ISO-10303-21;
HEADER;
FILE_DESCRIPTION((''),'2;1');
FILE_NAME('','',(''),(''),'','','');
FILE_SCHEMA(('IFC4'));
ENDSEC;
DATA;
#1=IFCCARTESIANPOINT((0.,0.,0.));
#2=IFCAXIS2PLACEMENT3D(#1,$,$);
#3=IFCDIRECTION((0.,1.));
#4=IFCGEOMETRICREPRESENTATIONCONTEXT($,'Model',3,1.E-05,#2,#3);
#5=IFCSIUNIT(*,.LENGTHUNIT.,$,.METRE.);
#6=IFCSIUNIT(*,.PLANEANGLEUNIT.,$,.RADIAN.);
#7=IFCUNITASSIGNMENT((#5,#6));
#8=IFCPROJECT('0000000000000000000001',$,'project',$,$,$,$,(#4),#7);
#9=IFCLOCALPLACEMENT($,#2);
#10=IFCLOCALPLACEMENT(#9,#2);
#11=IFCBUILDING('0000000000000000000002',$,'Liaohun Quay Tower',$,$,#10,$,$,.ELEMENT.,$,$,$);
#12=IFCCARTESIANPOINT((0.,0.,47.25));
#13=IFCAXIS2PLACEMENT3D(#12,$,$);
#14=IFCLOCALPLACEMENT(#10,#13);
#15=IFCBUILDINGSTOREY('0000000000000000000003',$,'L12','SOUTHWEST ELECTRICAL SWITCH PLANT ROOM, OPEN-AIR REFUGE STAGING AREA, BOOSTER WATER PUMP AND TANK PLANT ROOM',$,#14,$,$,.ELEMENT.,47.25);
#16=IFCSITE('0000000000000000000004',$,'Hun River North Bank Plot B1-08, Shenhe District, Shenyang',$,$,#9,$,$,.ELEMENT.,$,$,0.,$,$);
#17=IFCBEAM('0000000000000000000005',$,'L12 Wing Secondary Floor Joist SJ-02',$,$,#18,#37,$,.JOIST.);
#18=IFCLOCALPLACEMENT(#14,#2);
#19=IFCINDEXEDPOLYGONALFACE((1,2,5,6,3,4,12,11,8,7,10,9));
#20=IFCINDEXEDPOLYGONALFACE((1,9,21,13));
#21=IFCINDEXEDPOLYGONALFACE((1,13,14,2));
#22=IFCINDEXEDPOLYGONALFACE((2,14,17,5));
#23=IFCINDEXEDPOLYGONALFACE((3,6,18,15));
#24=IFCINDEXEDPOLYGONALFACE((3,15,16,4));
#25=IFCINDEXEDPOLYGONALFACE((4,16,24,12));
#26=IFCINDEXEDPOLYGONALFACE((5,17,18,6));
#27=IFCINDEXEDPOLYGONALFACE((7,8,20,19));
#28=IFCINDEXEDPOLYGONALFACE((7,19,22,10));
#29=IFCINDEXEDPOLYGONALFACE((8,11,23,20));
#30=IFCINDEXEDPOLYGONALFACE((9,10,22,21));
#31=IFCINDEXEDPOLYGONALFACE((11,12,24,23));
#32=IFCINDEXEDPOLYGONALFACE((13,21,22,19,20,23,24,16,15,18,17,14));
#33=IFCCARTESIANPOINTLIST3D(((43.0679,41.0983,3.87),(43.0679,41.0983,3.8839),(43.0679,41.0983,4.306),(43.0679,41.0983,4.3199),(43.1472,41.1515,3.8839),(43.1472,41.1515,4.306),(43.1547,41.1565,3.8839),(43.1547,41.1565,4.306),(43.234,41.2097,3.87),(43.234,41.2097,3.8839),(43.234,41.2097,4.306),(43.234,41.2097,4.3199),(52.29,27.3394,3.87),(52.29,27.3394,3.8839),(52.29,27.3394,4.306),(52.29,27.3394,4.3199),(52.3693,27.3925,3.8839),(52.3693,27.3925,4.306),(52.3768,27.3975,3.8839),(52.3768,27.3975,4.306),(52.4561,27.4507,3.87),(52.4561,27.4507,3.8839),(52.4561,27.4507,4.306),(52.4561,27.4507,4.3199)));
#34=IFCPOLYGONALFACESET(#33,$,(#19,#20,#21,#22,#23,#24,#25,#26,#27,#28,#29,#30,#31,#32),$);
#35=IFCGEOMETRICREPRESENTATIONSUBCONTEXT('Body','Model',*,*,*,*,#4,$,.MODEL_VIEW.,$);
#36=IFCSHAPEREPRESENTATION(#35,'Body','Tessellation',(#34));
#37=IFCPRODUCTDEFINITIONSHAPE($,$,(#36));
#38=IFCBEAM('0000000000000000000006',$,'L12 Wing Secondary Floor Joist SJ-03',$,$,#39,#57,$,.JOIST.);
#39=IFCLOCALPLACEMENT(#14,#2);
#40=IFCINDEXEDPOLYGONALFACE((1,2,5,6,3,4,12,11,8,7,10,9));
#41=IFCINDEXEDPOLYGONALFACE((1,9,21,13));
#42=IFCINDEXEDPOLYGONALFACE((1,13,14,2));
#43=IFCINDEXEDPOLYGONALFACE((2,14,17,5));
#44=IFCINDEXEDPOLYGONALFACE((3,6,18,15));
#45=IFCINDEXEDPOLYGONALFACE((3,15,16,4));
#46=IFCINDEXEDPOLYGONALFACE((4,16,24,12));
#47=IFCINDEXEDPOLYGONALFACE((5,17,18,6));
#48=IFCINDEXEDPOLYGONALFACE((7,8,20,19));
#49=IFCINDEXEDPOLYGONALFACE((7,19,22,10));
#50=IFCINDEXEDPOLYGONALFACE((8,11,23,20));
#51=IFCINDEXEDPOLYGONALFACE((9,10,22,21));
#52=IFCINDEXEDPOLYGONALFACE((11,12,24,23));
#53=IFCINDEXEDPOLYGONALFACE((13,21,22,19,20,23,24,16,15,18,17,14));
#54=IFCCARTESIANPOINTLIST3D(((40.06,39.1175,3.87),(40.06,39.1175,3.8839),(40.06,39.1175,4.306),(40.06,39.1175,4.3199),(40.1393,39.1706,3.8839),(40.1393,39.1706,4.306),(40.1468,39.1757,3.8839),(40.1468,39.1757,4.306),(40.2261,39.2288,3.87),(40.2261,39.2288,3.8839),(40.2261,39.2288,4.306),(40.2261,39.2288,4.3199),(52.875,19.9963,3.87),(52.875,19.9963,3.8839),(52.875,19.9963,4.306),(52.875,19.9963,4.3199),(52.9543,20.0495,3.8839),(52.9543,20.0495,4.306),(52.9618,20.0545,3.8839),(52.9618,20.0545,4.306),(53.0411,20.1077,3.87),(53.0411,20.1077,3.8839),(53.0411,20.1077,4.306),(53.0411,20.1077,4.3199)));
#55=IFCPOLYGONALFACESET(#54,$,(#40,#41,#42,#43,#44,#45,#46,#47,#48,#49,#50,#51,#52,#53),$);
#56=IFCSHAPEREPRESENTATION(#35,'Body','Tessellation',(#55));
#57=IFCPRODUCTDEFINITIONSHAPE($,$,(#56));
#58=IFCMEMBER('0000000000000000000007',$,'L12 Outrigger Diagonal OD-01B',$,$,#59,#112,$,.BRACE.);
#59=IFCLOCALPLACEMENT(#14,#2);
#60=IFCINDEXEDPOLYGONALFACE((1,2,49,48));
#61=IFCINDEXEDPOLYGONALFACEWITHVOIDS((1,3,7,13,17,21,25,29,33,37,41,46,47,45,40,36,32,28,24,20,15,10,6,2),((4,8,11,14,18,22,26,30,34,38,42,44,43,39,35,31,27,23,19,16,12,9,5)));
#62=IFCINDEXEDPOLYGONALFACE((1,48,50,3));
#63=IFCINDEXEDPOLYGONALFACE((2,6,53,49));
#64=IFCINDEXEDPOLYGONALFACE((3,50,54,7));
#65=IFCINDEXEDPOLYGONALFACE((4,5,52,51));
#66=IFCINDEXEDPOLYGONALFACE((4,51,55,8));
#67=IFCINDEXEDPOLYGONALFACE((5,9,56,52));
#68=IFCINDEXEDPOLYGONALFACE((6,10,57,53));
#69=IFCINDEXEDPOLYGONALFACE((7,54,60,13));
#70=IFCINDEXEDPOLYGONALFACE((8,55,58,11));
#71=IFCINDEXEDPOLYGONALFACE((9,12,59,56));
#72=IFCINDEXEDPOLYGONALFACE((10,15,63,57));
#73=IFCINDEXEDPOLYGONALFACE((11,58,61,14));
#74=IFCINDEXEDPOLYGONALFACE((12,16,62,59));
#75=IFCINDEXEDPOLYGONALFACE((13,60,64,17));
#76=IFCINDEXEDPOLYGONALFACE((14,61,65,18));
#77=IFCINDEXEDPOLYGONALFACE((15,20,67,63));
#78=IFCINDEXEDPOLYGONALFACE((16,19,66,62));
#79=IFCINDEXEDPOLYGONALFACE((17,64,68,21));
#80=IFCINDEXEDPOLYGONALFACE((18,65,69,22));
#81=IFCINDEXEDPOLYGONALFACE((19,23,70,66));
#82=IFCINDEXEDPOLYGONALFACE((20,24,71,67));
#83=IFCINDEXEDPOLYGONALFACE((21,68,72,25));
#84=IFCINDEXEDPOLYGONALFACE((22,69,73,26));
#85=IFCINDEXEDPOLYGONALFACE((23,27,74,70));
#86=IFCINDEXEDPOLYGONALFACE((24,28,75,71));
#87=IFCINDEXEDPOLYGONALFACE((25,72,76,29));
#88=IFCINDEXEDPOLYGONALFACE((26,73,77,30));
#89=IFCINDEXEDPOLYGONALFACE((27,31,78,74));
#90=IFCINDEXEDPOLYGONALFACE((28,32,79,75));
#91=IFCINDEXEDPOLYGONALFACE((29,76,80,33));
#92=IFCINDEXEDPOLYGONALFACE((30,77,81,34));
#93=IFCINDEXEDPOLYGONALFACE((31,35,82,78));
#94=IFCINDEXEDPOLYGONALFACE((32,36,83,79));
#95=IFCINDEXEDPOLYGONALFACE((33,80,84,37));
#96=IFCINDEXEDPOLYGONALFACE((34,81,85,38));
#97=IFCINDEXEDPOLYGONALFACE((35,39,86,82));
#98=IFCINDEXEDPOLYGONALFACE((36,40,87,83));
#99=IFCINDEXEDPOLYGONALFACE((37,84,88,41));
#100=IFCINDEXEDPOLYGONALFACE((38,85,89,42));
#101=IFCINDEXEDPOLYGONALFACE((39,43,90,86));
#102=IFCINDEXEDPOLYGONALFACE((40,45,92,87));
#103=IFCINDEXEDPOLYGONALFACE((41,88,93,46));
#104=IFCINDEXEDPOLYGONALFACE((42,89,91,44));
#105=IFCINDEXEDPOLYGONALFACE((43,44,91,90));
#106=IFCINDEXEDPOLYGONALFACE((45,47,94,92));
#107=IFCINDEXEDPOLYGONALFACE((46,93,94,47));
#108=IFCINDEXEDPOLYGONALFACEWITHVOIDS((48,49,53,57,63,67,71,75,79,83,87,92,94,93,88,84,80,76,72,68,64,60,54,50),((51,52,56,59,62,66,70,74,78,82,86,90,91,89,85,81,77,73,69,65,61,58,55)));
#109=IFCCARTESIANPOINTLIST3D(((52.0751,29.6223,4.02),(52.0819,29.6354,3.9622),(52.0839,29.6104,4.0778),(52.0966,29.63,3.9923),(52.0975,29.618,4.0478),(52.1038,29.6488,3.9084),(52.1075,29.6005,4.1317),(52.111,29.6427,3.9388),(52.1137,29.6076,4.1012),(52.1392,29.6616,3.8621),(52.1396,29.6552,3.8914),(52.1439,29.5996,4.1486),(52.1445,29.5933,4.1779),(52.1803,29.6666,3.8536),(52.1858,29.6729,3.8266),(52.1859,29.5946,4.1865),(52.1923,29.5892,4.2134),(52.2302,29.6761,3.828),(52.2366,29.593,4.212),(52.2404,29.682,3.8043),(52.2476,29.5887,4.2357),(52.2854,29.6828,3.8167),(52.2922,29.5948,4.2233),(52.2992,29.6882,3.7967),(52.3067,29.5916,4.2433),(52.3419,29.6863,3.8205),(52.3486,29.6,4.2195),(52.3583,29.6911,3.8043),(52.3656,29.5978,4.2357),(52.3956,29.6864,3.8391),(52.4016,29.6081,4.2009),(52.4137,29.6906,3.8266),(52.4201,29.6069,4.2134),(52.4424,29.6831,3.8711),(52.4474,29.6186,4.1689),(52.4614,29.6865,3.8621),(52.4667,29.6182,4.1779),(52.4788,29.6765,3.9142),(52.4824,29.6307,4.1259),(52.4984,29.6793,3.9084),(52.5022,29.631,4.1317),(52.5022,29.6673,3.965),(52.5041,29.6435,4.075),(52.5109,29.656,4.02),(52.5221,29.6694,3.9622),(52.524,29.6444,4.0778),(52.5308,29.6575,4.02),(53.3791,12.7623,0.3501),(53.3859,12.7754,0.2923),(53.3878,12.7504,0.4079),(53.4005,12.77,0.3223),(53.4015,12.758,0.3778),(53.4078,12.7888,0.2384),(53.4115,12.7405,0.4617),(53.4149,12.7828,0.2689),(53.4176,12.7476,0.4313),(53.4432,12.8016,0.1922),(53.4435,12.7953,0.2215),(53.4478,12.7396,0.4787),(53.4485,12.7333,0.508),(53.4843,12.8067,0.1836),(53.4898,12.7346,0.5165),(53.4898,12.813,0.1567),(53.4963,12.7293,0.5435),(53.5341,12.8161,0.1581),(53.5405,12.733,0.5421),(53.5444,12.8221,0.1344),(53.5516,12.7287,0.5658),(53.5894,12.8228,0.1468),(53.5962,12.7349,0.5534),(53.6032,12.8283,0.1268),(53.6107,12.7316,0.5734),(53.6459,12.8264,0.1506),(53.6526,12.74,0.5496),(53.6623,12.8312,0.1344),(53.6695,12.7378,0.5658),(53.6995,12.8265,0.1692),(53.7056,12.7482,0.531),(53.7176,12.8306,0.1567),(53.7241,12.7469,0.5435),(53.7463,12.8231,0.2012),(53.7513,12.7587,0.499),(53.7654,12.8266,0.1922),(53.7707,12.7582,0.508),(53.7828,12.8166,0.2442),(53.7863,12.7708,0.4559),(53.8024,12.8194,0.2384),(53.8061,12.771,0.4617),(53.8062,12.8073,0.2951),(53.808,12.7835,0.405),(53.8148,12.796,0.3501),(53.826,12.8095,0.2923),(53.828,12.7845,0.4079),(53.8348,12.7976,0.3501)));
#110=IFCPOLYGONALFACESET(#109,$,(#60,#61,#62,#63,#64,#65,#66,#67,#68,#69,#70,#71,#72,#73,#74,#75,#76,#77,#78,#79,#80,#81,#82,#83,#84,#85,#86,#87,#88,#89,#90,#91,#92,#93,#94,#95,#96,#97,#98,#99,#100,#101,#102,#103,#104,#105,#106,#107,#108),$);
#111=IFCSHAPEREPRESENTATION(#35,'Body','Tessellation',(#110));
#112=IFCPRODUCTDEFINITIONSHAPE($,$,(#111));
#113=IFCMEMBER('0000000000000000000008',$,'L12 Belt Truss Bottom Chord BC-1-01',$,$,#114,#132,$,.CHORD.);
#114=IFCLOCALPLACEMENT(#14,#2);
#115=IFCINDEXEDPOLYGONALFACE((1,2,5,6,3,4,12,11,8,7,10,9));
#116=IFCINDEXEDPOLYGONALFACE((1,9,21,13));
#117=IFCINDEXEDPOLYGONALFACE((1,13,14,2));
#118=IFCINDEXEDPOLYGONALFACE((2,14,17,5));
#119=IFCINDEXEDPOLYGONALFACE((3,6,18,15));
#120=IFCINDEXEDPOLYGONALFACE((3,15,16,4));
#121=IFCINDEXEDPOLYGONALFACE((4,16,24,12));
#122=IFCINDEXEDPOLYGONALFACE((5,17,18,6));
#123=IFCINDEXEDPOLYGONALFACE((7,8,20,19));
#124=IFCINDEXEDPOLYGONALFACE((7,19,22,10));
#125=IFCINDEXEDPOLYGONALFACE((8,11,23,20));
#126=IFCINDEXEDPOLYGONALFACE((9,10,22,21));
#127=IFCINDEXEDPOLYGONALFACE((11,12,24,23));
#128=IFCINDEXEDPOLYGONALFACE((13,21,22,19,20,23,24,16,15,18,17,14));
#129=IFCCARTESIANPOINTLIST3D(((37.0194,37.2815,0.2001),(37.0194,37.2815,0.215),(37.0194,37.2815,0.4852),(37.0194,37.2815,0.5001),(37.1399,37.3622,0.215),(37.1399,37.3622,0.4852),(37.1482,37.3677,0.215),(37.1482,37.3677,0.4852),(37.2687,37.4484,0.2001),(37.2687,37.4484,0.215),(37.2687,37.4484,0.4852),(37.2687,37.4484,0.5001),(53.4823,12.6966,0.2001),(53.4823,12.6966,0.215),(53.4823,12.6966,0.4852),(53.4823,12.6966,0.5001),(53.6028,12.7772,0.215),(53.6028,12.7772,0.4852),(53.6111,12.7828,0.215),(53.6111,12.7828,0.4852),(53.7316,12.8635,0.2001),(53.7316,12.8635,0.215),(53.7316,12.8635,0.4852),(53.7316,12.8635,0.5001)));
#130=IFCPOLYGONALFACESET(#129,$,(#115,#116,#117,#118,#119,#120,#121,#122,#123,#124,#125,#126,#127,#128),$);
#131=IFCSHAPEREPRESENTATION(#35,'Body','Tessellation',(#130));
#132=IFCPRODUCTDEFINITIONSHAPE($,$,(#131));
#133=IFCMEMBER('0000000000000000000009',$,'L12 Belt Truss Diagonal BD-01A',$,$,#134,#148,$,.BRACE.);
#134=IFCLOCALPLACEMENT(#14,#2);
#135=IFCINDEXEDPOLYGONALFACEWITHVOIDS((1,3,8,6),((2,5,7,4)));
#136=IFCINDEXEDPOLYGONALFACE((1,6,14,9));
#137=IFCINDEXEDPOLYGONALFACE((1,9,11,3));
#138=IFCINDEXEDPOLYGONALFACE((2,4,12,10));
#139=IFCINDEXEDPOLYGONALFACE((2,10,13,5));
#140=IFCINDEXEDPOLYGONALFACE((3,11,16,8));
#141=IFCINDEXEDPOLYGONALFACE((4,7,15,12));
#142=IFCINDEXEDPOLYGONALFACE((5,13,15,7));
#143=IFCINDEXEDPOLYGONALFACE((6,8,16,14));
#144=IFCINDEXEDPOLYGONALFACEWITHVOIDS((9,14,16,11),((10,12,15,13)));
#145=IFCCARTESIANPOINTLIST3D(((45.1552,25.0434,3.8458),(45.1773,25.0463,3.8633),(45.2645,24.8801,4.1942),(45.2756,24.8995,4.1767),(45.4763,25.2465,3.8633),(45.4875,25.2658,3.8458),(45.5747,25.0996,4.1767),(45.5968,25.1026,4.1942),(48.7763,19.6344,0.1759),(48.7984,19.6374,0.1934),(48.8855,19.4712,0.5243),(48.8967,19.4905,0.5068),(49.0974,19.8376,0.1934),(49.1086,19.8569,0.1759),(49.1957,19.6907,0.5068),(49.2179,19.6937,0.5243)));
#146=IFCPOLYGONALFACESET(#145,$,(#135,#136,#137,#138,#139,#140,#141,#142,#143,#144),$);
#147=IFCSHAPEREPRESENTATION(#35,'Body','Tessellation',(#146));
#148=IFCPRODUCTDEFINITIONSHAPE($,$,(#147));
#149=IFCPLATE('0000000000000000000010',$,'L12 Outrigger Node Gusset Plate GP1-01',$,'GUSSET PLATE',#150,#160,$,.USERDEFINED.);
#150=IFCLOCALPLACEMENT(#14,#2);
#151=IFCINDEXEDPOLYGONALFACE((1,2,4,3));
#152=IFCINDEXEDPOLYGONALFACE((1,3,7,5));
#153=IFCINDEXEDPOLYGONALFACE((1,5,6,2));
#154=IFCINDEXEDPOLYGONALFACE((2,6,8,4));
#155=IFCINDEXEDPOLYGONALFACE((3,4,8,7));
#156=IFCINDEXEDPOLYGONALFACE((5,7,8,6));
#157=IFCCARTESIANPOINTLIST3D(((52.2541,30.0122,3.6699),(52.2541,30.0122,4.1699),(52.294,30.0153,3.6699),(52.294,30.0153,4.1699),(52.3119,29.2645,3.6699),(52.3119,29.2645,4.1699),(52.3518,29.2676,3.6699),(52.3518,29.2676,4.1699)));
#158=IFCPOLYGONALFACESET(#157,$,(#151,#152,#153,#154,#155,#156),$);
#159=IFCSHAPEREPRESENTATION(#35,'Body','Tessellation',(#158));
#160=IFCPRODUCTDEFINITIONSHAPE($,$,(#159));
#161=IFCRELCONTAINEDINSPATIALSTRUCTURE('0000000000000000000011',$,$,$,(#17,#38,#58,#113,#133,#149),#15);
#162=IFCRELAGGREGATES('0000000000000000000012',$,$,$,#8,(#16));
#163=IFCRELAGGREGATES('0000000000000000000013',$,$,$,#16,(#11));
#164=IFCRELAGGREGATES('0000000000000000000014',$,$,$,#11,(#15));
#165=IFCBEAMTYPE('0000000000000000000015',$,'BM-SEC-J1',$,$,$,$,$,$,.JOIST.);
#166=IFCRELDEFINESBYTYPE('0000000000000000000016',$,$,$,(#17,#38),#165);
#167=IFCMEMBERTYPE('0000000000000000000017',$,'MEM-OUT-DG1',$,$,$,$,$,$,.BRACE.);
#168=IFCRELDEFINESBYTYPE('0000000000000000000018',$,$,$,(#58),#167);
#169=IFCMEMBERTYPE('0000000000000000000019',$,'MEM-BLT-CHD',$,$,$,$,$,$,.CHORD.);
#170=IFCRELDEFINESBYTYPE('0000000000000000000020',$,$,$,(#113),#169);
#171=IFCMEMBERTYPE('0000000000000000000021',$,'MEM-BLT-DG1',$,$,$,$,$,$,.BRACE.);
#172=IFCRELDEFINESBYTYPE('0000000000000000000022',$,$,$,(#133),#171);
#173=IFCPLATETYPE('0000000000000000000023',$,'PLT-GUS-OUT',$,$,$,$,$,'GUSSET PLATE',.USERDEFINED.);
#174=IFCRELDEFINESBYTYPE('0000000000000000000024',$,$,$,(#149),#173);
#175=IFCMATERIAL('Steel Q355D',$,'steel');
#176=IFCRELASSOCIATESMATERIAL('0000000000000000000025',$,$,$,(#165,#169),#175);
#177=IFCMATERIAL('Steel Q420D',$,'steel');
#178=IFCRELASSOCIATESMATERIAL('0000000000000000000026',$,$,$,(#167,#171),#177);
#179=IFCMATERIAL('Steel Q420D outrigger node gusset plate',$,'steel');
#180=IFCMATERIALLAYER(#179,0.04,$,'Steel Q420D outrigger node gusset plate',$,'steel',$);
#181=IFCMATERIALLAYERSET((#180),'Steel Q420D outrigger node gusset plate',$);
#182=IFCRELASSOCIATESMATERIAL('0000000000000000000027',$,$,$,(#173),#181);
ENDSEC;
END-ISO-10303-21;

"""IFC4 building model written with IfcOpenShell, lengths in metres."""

from ifc_helpers import new_model, si_unit, direction, frame, origin, origin_2d, place, context, subcontext, project, spatial, rectangle, hollow_rectangle, hollow_circle, i_section, extrude, source, transform, mapped, material, layer, layer_set, material_profile, profile_set, type_object, element, save


model = new_model("IFC4")

# Units and contexts
model_context = context("Model", 3, precision=1e-05, world=origin(), true_north=direction((0.0, 1.0)))
body_context = subcontext(model_context, "Body", "Model", "MODEL_VIEW")
ifc_project = project(units=[si_unit("LENGTHUNIT", "METRE"), si_unit("PLANEANGLEUNIT", "RADIAN")], contexts=[model_context])

# Site, building, storey
site_placement = place(None, origin())
site = spatial("IfcSite", under=ifc_project, at=site_placement, Name="Hun River North Bank Plot B1-08, Shenhe District, Shenyang", CompositionType="ELEMENT", RefElevation=0.0)
building_placement = place(site_placement, origin())
building = spatial("IfcBuilding", under=site, at=building_placement, Name="Liaohun Quay Tower", CompositionType="ELEMENT")
storey_placement = place(building_placement, frame((0.0, 0.0, 47.25)))
storey = spatial("IfcBuildingStorey", under=building, at=storey_placement, Name="L12", Description="SOUTHWEST ELECTRICAL SWITCH PLANT ROOM, OPEN-AIR REFUGE STAGING AREA, BOOSTER WATER PUMP AND TANK PLANT ROOM", CompositionType="ELEMENT", Elevation=47.25)

# Beams
ifc_material_1 = material(Name="Steel Q420D", Category="steel")
ifc_material_2 = material(Name="Steel Q355D", Category="steel")
ifc_material_profile_1 = material_profile(ifc_material_2, i_section(OverallWidth=0.2, OverallDepth=0.45, WebThickness=0.009, FlangeThickness=0.0139, at=origin_2d()), Name="HN450x200x9x14")
ifc_profile_set_1 = profile_set([ifc_material_profile_1], Name="Steel Q355D")
beam_type_1 = type_object("IfcBeamType", Name="BM-SEC-J1", PredefinedType="JOIST", material=ifc_profile_set_1)
shared_shape_1 = source(origin(), body_context, "Body", "SweptSolid", [
    extrude(i_section(OverallWidth=0.2, OverallDepth=0.45, WebThickness=0.009, FlangeThickness=0.0139, at=origin_2d()), origin(), (0.0, 0.0, 1.0), 16.5637),
])
beam_1_placement = place(storey_placement, frame((52.373, 27.395, 4.095), z_axis=(-0.556767, 0.830669, 0.0), x_axis=(-0.830669, -0.556767, 0.0)))
element("IfcBeam", 1, at=beam_1_placement, inside=storey, type_object=beam_type_1, Name="L12 Wing Secondary Floor Joist SJ-02", PredefinedType="JOIST", context=body_context, shape_type="MappedRepresentation", body=[
    mapped(shared_shape_1, transform((0.0, 0.0, 0.0), x_axis=(1.0, 0.0, 0.0), y_axis=(0.0, 1.0, 0.0), z_axis=(0.0, 0.0, 1.0), scale=1.0)),
])
shared_shape_2 = source(origin(), body_context, "Body", "SweptSolid", [
    extrude(i_section(OverallWidth=0.2, OverallDepth=0.45, WebThickness=0.009, FlangeThickness=0.0139, at=origin_2d()), origin(), (0.0, 0.0, 1.0), 23.0183),
])
beam_2_placement = place(storey_placement, frame((52.958, 20.052, 4.095), z_axis=(-0.55673, 0.830693, 0.0), x_axis=(-0.830693, -0.55673, 0.0)))
element("IfcBeam", 2, at=beam_2_placement, inside=storey, type_object=beam_type_1, Name="L12 Wing Secondary Floor Joist SJ-03", PredefinedType="JOIST", context=body_context, shape_type="MappedRepresentation", body=[
    mapped(shared_shape_2, transform((0.0, 0.0, 0.0), x_axis=(1.0, 0.0, 0.0), y_axis=(0.0, 1.0, 0.0), z_axis=(0.0, 0.0, 1.0), scale=1.0)),
])

# Members
ifc_material_profile_2 = material_profile(ifc_material_1, hollow_circle(Radius=0.2285, WallThickness=0.02, at=origin_2d()), Name="CHS457x20")
ifc_profile_set_2 = profile_set([ifc_material_profile_2], Name="Steel Q420D")
member_type_1 = type_object("IfcMemberType", Name="MEM-OUT-DG1", PredefinedType="BRACE", material=ifc_profile_set_2)
shared_shape_3 = source(origin(), body_context, "Body", "SweptSolid", [
    extrude(hollow_circle(Radius=0.2285, WallThickness=0.02, at=origin_2d()), origin(), (0.0, 0.0, 1.0), 17.304),
])
member_1_placement = place(storey_placement, frame((52.303, 29.6399, 4.02), z_axis=(0.075356, -0.974341, -0.212087), x_axis=(0.997023, 0.077111, 0.0)))
element("IfcMember", 3, at=member_1_placement, inside=storey, type_object=member_type_1, Name="L12 Outrigger Diagonal OD-01B", PredefinedType="BRACE", context=body_context, shape_type="MappedRepresentation", body=[
    mapped(shared_shape_3, transform((0.0, 0.0, 0.0), x_axis=(1.0, 0.0, 0.0), y_axis=(0.0, 1.0, 0.0), z_axis=(0.0, 0.0, 1.0), scale=1.0)),
])
ifc_material_profile_3 = material_profile(ifc_material_2, i_section(OverallWidth=0.3, OverallDepth=0.3, WebThickness=0.01, FlangeThickness=0.0149, at=origin_2d()), Name="HW300x300x10x15")
ifc_profile_set_3 = profile_set([ifc_material_profile_3], Name="Steel Q355D")
member_type_2 = type_object("IfcMemberType", Name="MEM-BLT-CHD", PredefinedType="CHORD", material=ifc_profile_set_3)
shared_shape_4 = source(origin(), body_context, "Body", "SweptSolid", [
    extrude(i_section(OverallWidth=0.3, OverallDepth=0.3, WebThickness=0.01, FlangeThickness=0.0149, at=origin_2d()), origin(), (0.0, 0.0, 1.0), 29.5879),
])
member_2_placement = place(storey_placement, frame((53.6069, 12.78, 0.3501), z_axis=(-0.556405, 0.830911, 0.0), x_axis=(-0.830911, -0.556405, 0.0)))
element("IfcMember", 4, at=member_2_placement, inside=storey, type_object=member_type_2, Name="L12 Belt Truss Bottom Chord BC-1-01", PredefinedType="CHORD", context=body_context, shape_type="MappedRepresentation", body=[
    mapped(shared_shape_4, transform((0.0, 0.0, 0.0), x_axis=(1.0, 0.0, 0.0), y_axis=(0.0, 1.0, 0.0), z_axis=(0.0, 0.0, 1.0), scale=1.0)),
])
ifc_material_profile_4 = material_profile(ifc_material_1, hollow_rectangle(XDim=0.3999, YDim=0.3999, WallThickness=0.02, at=origin_2d()), Name="SHS400x400x20")
ifc_profile_set_4 = profile_set([ifc_material_profile_4], Name="Steel Q420D")
member_type_3 = type_object("IfcMemberType", Name="MEM-BLT-DG1", PredefinedType="BRACE", material=ifc_profile_set_4)
shared_shape_5 = source(origin(), body_context, "Body", "SweptSolid", [
    extrude(hollow_rectangle(XDim=0.3999, YDim=0.3999, WallThickness=0.02, at=origin_2d()), origin(), (0.0, 0.0, 1.0), 7.4724),
])
member_3_placement = place(storey_placement, frame((48.9971, 19.6641, 0.3501), z_axis=(-0.484594, 0.723852, 0.491128), x_axis=(-0.830975, -0.556309, 0.0)))
element("IfcMember", 5, at=member_3_placement, inside=storey, type_object=member_type_3, Name="L12 Belt Truss Diagonal BD-01A", PredefinedType="BRACE", context=body_context, shape_type="MappedRepresentation", body=[
    mapped(shared_shape_5, transform((0.0, 0.0, 0.0), x_axis=(1.0, 0.0, 0.0), y_axis=(0.0, 1.0, 0.0), z_axis=(0.0, 0.0, 1.0), scale=1.0)),
])

# Plate
ifc_material_3 = material(Name="Steel Q420D outrigger node gusset plate", Category="steel")
ifc_layer = layer(ifc_material_3, 0.04, Name="Steel Q420D outrigger node gusset plate", Category="steel")
ifc_layer_set = layer_set([ifc_layer], Name="Steel Q420D outrigger node gusset plate")
plate_type = type_object("IfcPlateType", Name="PLT-GUS-OUT", ElementType="GUSSET PLATE", PredefinedType="USERDEFINED", material=ifc_layer_set)
shared_shape_6 = source(origin(), body_context, "Body", "SweptSolid", [
    extrude(rectangle(XDim=0.75, YDim=0.04, at=origin_2d()), origin(), (0.0, 0.0, 1.0), 0.5),
])
plate_placement = place(storey_placement, frame((52.303, 29.6399, 3.6699), z_axis=(0.0, 0.0, 1.0), x_axis=(0.077067, -0.997026, 0.0)))
element("IfcPlate", 6, at=plate_placement, inside=storey, type_object=plate_type, Name="L12 Outrigger Node Gusset Plate GP1-01", ObjectType="GUSSET PLATE", PredefinedType="USERDEFINED", context=body_context, shape_type="MappedRepresentation", body=[
    mapped(shared_shape_6, transform((0.0, 0.0, 0.0), x_axis=(1.0, 0.0, 0.0), y_axis=(0.0, 1.0, 0.0), z_axis=(0.0, 0.0, 1.0), scale=1.0)),
])

save(model, "model.ifc")
